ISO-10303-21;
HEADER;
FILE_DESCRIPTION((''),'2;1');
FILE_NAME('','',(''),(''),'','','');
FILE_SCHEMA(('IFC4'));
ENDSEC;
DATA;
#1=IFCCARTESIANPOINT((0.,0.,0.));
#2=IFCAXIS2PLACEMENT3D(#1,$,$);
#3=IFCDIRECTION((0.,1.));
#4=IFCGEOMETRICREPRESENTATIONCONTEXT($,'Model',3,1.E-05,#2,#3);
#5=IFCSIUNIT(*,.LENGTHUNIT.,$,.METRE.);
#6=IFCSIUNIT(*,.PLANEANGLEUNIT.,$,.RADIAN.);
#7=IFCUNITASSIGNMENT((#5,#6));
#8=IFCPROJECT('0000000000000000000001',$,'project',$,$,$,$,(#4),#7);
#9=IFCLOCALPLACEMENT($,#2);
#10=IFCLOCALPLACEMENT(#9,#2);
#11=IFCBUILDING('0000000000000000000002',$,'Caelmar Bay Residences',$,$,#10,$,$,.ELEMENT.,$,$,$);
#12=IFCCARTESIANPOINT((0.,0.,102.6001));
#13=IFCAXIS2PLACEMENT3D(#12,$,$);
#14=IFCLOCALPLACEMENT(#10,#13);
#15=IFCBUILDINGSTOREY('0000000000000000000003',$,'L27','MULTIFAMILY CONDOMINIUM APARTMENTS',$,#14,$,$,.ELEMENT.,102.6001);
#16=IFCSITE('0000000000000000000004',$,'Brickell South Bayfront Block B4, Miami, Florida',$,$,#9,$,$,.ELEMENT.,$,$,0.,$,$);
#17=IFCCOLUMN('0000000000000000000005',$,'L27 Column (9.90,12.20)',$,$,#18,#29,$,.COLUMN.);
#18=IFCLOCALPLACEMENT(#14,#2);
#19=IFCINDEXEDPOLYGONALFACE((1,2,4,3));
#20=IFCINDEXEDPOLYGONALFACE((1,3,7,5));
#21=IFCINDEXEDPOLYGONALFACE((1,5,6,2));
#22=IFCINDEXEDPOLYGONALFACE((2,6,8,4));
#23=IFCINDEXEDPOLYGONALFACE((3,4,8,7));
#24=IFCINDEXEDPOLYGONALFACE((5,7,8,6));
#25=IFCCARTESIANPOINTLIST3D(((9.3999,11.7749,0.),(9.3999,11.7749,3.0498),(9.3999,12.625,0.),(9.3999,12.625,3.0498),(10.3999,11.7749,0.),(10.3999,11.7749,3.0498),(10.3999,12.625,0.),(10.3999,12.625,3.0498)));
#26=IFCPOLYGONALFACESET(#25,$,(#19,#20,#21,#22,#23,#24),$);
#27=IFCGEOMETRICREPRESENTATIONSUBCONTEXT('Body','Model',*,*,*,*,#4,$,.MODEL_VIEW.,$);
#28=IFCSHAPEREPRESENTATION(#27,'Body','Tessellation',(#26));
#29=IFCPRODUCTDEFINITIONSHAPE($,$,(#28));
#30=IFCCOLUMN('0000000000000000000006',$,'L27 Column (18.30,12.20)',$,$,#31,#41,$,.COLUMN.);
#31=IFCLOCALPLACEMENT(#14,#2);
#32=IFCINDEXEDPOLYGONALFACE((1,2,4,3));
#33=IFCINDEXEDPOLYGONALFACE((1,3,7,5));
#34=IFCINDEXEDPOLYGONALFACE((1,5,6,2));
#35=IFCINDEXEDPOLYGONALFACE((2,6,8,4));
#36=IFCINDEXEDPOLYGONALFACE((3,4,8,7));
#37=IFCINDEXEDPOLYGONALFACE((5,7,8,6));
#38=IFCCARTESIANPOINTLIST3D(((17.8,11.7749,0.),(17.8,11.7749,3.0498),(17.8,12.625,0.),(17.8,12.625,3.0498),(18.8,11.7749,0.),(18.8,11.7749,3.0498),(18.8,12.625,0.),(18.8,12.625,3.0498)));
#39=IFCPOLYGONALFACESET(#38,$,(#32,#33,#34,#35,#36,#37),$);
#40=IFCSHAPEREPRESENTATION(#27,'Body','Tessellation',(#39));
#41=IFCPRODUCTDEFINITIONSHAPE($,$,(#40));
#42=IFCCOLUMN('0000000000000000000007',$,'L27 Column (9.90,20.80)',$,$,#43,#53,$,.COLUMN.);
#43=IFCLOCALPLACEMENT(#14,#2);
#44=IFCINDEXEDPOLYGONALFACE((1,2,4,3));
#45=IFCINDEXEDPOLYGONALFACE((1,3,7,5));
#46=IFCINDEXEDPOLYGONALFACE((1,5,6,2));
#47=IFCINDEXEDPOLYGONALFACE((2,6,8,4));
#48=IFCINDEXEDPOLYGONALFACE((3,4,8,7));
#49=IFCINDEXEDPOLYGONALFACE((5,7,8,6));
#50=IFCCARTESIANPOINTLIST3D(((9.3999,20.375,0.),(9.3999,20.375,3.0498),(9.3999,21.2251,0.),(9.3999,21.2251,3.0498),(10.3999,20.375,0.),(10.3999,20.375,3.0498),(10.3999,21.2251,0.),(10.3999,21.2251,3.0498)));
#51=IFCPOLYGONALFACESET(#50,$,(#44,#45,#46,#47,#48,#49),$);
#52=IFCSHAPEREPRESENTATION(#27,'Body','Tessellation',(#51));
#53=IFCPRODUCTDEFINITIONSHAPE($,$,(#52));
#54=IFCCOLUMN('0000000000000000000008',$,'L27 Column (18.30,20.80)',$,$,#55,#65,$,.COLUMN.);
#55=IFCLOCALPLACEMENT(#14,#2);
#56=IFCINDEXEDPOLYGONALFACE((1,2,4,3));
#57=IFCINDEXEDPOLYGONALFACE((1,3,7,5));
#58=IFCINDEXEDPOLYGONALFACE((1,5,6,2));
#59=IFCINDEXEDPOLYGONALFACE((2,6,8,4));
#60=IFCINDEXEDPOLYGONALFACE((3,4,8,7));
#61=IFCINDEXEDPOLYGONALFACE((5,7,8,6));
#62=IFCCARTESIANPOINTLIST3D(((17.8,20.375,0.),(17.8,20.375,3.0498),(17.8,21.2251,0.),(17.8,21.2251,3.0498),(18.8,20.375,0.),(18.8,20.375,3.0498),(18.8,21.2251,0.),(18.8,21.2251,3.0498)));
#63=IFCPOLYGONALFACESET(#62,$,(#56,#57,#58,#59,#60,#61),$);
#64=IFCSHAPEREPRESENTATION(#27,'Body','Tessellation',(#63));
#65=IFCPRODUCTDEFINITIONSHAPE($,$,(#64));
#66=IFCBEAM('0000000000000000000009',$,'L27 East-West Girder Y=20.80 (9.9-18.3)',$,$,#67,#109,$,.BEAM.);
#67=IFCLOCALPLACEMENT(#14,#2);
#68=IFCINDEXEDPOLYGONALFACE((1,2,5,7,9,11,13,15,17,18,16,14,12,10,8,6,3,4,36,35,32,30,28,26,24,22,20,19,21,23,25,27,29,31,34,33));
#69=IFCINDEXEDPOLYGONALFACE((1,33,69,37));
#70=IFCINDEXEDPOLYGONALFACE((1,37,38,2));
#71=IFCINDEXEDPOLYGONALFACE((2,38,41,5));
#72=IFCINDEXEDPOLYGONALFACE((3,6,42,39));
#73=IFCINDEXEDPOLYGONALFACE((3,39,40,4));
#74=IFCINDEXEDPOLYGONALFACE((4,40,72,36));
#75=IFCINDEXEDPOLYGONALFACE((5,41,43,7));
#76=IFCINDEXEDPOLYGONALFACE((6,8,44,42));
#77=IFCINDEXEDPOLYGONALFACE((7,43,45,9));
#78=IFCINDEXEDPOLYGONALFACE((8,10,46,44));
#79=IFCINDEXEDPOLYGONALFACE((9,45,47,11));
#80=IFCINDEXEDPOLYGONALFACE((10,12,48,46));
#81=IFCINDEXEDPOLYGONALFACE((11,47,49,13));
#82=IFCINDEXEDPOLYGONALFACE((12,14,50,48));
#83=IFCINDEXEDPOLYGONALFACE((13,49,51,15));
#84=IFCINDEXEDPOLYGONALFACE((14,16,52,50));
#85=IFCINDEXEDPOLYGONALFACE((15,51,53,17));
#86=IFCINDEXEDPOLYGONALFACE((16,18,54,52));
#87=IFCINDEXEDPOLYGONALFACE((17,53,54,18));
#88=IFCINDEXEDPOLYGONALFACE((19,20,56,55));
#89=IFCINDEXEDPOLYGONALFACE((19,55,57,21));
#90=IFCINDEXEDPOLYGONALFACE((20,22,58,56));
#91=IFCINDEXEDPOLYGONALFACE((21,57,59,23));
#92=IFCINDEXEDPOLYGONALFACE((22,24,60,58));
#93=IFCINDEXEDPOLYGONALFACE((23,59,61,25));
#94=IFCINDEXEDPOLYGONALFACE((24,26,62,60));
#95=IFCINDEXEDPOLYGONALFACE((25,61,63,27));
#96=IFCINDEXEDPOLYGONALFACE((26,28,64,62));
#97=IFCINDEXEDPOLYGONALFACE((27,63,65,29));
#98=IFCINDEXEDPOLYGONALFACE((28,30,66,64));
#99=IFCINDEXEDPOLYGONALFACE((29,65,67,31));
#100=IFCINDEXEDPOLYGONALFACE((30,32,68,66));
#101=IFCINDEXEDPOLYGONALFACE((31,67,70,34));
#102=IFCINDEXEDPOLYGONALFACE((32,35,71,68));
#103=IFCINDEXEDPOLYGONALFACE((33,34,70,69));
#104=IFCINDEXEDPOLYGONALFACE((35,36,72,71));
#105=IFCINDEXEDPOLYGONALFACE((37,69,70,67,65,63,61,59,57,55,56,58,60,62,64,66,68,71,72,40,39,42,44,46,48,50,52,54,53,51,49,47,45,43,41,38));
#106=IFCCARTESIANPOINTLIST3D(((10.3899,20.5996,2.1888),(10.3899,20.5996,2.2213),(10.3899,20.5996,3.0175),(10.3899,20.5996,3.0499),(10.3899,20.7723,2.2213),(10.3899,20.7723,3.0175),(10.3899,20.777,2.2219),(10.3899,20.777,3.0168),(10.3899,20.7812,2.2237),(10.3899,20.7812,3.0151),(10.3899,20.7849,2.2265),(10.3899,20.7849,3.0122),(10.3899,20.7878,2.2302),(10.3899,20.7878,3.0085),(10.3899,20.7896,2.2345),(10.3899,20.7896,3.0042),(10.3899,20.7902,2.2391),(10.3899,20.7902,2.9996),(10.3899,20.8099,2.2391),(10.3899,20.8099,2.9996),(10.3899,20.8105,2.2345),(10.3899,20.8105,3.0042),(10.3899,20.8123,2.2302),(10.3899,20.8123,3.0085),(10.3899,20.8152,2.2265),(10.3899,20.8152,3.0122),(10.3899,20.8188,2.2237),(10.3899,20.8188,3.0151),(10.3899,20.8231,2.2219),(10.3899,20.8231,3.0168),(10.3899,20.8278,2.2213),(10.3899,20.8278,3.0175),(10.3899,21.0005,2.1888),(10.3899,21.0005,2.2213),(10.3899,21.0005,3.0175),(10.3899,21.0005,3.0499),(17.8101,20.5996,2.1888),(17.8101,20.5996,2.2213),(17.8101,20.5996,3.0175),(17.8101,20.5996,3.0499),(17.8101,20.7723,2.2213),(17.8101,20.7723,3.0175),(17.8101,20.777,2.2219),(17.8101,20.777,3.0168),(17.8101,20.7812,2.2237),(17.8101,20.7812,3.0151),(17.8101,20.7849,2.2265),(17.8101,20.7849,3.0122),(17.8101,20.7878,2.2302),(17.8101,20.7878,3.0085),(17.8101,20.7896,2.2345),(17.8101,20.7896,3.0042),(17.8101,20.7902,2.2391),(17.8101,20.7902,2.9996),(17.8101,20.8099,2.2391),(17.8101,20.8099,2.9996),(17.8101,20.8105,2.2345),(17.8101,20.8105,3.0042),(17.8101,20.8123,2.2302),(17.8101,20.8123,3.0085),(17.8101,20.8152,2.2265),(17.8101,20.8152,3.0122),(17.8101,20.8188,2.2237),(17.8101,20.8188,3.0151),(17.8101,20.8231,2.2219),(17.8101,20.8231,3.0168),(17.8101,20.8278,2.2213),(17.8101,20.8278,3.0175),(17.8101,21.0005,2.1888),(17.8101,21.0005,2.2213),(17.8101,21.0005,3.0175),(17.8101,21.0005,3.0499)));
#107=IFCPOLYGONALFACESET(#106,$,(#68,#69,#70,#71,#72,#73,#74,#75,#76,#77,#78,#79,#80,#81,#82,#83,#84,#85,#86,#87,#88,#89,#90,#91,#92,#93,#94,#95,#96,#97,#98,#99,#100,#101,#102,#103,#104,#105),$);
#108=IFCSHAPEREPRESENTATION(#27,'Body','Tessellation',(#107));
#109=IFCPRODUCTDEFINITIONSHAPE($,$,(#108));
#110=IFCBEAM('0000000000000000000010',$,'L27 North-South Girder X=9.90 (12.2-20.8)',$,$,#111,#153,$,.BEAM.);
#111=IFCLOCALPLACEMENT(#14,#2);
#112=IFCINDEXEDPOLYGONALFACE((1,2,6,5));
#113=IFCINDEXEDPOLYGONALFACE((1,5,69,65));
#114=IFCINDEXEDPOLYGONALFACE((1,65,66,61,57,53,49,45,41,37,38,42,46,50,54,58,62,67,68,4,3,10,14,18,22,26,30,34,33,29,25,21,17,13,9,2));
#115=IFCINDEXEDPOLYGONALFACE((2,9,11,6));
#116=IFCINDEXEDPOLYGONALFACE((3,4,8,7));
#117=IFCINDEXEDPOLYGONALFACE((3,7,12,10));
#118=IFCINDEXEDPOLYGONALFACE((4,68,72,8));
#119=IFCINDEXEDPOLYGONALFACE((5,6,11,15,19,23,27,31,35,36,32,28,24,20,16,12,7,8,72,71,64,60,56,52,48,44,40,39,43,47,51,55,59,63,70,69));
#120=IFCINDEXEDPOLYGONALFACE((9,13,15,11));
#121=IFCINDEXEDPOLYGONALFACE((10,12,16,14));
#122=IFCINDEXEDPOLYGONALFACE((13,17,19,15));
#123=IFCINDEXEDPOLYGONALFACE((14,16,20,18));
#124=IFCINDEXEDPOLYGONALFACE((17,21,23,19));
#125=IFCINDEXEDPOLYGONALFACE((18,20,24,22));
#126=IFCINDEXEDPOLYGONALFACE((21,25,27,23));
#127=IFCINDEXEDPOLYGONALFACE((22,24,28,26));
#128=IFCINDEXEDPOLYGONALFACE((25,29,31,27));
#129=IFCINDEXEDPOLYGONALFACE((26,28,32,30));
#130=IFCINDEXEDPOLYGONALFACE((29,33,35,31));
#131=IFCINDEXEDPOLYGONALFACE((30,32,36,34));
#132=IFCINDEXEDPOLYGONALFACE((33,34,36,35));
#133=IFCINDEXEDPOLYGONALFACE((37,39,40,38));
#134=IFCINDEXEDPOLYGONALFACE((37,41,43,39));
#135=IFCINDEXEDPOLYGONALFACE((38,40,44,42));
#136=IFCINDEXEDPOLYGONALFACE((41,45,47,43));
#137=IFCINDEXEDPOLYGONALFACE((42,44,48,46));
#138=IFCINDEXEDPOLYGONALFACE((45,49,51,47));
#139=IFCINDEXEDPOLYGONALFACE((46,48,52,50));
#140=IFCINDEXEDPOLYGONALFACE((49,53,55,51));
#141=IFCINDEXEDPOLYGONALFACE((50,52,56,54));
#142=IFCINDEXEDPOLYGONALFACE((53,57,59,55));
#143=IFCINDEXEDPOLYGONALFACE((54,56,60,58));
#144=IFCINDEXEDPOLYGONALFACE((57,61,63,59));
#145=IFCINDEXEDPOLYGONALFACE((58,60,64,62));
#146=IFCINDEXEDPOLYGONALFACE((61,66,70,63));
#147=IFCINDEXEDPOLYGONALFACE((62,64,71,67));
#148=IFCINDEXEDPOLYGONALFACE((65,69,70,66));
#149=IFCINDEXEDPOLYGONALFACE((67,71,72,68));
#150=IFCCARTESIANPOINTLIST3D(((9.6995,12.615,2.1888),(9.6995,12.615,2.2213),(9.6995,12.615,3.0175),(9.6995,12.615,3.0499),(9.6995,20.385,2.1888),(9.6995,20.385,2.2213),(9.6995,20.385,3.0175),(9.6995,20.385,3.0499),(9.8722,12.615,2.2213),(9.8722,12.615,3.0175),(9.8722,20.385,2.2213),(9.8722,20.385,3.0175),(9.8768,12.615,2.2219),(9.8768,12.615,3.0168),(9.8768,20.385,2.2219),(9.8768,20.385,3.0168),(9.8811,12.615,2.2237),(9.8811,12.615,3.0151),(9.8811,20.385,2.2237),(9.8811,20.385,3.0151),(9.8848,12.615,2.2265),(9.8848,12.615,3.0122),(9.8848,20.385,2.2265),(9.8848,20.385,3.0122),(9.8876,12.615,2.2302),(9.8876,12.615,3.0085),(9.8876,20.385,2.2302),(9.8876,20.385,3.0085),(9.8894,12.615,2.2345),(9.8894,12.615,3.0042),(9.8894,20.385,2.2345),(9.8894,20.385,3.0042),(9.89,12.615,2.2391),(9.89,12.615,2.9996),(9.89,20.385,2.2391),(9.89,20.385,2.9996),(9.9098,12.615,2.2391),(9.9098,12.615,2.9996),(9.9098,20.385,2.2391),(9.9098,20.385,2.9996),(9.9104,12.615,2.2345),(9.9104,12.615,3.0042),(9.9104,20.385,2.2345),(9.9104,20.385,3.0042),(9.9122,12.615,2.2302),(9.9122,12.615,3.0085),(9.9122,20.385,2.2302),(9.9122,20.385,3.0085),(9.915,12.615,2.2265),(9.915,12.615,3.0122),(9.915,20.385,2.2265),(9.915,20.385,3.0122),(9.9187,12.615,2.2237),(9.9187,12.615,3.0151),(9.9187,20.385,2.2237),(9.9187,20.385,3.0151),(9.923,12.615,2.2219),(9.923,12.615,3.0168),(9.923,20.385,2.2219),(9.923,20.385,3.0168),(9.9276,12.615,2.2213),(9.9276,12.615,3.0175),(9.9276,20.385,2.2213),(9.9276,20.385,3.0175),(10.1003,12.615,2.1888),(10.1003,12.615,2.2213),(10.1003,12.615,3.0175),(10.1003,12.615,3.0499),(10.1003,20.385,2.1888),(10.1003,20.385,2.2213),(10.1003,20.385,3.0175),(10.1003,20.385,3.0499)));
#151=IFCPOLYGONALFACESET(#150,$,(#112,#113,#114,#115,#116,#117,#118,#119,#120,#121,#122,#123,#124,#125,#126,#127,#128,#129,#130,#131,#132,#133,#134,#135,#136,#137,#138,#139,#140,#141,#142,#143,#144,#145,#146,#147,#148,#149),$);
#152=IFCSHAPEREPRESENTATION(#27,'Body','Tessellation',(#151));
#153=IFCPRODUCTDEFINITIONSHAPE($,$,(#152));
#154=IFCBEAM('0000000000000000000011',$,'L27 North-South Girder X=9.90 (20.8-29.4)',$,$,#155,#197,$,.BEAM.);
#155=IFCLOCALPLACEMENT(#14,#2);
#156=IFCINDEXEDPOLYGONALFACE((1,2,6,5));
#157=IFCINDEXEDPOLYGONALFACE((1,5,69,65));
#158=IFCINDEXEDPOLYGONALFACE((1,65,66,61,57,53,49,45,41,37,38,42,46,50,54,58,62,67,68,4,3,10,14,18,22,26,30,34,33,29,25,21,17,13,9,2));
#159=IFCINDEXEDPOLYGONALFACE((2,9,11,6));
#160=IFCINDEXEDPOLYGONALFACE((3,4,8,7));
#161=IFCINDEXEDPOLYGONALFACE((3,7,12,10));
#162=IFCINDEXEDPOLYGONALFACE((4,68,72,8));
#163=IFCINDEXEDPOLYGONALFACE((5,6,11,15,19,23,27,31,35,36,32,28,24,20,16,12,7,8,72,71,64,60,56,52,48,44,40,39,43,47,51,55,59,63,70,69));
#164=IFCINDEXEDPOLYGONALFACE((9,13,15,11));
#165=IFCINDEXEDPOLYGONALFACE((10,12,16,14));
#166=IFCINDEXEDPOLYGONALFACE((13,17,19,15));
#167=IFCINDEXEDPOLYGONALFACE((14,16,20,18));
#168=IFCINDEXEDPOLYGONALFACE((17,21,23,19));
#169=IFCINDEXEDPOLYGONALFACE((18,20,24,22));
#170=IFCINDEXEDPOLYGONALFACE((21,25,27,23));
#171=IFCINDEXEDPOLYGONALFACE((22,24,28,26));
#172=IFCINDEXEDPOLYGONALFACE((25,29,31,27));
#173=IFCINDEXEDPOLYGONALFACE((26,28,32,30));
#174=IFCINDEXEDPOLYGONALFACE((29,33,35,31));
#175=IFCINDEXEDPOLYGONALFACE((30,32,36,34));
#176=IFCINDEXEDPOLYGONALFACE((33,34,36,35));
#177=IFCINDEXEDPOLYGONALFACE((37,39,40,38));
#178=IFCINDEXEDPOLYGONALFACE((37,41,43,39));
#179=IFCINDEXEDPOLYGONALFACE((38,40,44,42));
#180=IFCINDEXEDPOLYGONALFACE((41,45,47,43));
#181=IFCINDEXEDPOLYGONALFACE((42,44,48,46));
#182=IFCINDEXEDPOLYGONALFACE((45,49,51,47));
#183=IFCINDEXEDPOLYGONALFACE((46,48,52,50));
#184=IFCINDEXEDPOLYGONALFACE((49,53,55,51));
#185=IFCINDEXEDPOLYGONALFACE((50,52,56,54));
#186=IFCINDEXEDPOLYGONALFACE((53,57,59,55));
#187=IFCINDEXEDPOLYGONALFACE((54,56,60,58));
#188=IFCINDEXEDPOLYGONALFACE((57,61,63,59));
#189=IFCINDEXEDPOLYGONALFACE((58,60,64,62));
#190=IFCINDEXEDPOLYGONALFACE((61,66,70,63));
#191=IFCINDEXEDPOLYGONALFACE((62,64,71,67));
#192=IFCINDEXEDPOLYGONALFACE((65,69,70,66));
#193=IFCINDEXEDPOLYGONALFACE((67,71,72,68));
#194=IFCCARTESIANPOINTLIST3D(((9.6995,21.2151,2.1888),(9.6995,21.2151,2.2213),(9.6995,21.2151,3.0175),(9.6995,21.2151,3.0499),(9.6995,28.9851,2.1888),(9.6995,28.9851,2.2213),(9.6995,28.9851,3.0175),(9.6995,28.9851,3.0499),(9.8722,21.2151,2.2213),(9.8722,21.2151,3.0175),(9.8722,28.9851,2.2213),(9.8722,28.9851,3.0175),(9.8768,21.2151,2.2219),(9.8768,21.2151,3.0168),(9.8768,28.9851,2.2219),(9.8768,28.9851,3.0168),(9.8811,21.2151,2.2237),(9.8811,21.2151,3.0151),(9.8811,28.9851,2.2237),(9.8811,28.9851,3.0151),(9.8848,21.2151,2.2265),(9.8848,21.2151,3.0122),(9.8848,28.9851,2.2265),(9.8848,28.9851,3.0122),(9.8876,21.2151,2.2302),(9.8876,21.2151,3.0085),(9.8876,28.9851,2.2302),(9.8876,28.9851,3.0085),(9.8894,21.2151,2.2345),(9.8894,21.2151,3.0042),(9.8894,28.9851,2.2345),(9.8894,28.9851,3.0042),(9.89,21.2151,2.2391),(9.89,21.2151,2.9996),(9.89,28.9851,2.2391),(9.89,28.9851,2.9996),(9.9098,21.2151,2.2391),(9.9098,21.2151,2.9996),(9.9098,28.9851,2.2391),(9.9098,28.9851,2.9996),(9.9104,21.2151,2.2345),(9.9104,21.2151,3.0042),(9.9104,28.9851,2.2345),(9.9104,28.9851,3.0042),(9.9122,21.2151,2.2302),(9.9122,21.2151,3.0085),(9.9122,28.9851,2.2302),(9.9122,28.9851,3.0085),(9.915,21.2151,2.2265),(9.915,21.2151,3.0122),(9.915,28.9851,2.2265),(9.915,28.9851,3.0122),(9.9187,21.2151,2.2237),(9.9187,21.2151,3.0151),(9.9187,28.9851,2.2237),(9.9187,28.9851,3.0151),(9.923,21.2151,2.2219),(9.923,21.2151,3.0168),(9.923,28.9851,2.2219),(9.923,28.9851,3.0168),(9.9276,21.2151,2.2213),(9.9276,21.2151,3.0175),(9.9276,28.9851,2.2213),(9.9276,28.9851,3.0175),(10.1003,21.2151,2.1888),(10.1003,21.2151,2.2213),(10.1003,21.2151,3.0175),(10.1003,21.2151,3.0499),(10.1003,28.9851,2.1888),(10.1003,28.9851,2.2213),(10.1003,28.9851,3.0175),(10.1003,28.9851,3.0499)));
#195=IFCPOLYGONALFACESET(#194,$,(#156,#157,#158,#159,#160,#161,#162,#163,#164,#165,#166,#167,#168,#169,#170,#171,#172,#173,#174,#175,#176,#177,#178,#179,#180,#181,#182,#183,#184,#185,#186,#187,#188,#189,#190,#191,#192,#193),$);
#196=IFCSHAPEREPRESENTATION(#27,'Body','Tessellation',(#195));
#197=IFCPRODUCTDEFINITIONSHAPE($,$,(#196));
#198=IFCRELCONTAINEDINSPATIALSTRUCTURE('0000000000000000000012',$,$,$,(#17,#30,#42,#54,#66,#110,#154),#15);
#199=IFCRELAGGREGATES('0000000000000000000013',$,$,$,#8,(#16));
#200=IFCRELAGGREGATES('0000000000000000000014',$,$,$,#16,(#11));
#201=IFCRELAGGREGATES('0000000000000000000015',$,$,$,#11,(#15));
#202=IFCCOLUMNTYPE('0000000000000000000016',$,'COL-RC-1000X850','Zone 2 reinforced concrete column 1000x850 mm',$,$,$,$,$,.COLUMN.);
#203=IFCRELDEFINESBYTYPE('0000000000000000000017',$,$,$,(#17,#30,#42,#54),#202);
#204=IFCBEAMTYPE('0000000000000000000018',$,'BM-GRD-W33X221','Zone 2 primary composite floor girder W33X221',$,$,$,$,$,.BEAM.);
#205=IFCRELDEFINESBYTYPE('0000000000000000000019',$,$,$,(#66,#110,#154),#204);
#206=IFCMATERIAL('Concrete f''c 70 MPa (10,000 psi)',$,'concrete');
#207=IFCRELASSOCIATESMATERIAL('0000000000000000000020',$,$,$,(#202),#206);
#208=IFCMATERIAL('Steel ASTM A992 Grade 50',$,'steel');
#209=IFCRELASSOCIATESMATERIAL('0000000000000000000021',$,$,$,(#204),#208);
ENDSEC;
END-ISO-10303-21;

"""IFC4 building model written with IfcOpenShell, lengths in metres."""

from ifc_helpers import new_model, si_unit, direction, frame, origin, origin_2d, place, context, subcontext, project, spatial, rectangle, i_section, extrude, material, material_profile, profile_set, type_object, element, save


model = new_model("IFC4")

# Units and contexts
model_context = context("Model", 3, precision=1e-05, world=origin(), true_north=direction((0.0, 1.0)))
body_context = subcontext(model_context, "Body", "Model", "MODEL_VIEW")
ifc_project = project(units=[si_unit("LENGTHUNIT", "METRE"), si_unit("PLANEANGLEUNIT", "RADIAN")], contexts=[model_context])

# Site, building, storey
site_placement = place(None, origin())
site = spatial("IfcSite", under=ifc_project, at=site_placement, Name="Brickell South Bayfront Block B4, Miami, Florida", CompositionType="ELEMENT", RefElevation=0.0)
building_placement = place(site_placement, origin())
building = spatial("IfcBuilding", under=site, at=building_placement, Name="Caelmar Bay Residences", CompositionType="ELEMENT")
storey_placement = place(building_placement, frame((0.0, 0.0, 102.6001)))
storey = spatial("IfcBuildingStorey", under=building, at=storey_placement, Name="L27", Description="MULTIFAMILY CONDOMINIUM APARTMENTS", CompositionType="ELEMENT", Elevation=102.6001)

# Columns
ifc_material_1 = material(Name="Concrete f'c 70 MPa (10,000 psi)", Category="concrete")
ifc_material_profile_1 = material_profile(ifc_material_1, rectangle(XDim=1.0, YDim=0.8501, at=origin_2d()), Name="RC-COL-1000X850")
ifc_profile_set_1 = profile_set([ifc_material_profile_1], Name="Concrete f'c 70 MPa (10,000 psi)")
column_type = type_object("IfcColumnType", Name="COL-RC-1000X850", Description="Zone 2 reinforced concrete column 1000x850 mm", PredefinedType="COLUMN", material=ifc_profile_set_1)
for number, where, z_axis, x_axis, name in (
    (1, (9.8999, 12.2, 0.0), (0.0, 0.0, 1.0), (1.0, 0.0, 0.0), "L27 Column (9.90,12.20)"),
    (2, (18.3, 12.2, 0.0), (0.0, 0.0, 1.0), (1.0, 0.0, 0.0), "L27 Column (18.30,12.20)"),
    (3, (9.8999, 20.8, 0.0), (0.0, 0.0, 1.0), (1.0, 0.0, 0.0), "L27 Column (9.90,20.80)"),
    (4, (18.3, 20.8, 0.0), (0.0, 0.0, 1.0), (1.0, 0.0, 0.0), "L27 Column (18.30,20.80)"),
):
    element("IfcColumn", number, at=place(storey_placement, frame(where, z_axis=z_axis, x_axis=x_axis)), inside=storey, type_object=column_type, Name=name, PredefinedType="COLUMN", context=body_context, shape_type="SweptSolid", body=[
        extrude(rectangle(XDim=1.0, YDim=0.8501, at=origin_2d()), origin(), (0.0, 0.0, 1.0), 3.0498),
    ])

# Beams
ifc_material_2 = material(Name="Steel ASTM A992 Grade 50", Category="steel")
ifc_material_profile_2 = material_profile(ifc_material_2, i_section(OverallWidth=0.4009, OverallDepth=0.8611, WebThickness=0.0198, FlangeThickness=0.0325, FilletRadius=0.0178, at=origin_2d()), Name="W33X221")
ifc_profile_set_2 = profile_set([ifc_material_profile_2], Name="Steel ASTM A992 Grade 50")
beam_type_1 = type_object("IfcBeamType", Name="BM-GRD-W33X221", Description="Zone 2 primary composite floor girder W33X221", PredefinedType="BEAM", material=ifc_profile_set_2)
beam_1_placement = place(storey_placement, frame((10.3899, 20.8, 2.6194), z_axis=(1.0, 0.0, 0.0), x_axis=(0.0, 1.0, 0.0)))
element("IfcBeam", 5, at=beam_1_placement, inside=storey, type_object=beam_type_1, Name="L27 East-West Girder Y=20.80 (9.9-18.3)", PredefinedType="BEAM", context=body_context, shape_type="SweptSolid", body=[
    extrude(i_section(OverallWidth=0.4009, OverallDepth=0.8611, WebThickness=0.0198, FlangeThickness=0.0325, FilletRadius=0.0178, at=origin_2d()), origin(), (0.0, 0.0, 1.0), 7.4202),
])
for number, where, z_axis, x_axis, name in (
    (6, (9.8999, 12.615, 2.6194), (0.0, 1.0, 0.0), (-1.0, 0.0, 0.0), "L27 North-South Girder X=9.90 (12.2-20.8)"),
    (7, (9.8999, 21.2151, 2.6194), (0.0, 1.0, 0.0), (-1.0, 0.0, 0.0), "L27 North-South Girder X=9.90 (20.8-29.4)"),
):
    element("IfcBeam", number, at=place(storey_placement, frame(where, z_axis=z_axis, x_axis=x_axis)), inside=storey, type_object=beam_type_1, Name=name, PredefinedType="BEAM", context=body_context, shape_type="SweptSolid", body=[
        extrude(i_section(OverallWidth=0.4009, OverallDepth=0.8611, WebThickness=0.0198, FlangeThickness=0.0325, FilletRadius=0.0178, at=origin_2d()), origin(), (0.0, 0.0, 1.0), 7.77),
    ])

save(model, "model.ifc")
